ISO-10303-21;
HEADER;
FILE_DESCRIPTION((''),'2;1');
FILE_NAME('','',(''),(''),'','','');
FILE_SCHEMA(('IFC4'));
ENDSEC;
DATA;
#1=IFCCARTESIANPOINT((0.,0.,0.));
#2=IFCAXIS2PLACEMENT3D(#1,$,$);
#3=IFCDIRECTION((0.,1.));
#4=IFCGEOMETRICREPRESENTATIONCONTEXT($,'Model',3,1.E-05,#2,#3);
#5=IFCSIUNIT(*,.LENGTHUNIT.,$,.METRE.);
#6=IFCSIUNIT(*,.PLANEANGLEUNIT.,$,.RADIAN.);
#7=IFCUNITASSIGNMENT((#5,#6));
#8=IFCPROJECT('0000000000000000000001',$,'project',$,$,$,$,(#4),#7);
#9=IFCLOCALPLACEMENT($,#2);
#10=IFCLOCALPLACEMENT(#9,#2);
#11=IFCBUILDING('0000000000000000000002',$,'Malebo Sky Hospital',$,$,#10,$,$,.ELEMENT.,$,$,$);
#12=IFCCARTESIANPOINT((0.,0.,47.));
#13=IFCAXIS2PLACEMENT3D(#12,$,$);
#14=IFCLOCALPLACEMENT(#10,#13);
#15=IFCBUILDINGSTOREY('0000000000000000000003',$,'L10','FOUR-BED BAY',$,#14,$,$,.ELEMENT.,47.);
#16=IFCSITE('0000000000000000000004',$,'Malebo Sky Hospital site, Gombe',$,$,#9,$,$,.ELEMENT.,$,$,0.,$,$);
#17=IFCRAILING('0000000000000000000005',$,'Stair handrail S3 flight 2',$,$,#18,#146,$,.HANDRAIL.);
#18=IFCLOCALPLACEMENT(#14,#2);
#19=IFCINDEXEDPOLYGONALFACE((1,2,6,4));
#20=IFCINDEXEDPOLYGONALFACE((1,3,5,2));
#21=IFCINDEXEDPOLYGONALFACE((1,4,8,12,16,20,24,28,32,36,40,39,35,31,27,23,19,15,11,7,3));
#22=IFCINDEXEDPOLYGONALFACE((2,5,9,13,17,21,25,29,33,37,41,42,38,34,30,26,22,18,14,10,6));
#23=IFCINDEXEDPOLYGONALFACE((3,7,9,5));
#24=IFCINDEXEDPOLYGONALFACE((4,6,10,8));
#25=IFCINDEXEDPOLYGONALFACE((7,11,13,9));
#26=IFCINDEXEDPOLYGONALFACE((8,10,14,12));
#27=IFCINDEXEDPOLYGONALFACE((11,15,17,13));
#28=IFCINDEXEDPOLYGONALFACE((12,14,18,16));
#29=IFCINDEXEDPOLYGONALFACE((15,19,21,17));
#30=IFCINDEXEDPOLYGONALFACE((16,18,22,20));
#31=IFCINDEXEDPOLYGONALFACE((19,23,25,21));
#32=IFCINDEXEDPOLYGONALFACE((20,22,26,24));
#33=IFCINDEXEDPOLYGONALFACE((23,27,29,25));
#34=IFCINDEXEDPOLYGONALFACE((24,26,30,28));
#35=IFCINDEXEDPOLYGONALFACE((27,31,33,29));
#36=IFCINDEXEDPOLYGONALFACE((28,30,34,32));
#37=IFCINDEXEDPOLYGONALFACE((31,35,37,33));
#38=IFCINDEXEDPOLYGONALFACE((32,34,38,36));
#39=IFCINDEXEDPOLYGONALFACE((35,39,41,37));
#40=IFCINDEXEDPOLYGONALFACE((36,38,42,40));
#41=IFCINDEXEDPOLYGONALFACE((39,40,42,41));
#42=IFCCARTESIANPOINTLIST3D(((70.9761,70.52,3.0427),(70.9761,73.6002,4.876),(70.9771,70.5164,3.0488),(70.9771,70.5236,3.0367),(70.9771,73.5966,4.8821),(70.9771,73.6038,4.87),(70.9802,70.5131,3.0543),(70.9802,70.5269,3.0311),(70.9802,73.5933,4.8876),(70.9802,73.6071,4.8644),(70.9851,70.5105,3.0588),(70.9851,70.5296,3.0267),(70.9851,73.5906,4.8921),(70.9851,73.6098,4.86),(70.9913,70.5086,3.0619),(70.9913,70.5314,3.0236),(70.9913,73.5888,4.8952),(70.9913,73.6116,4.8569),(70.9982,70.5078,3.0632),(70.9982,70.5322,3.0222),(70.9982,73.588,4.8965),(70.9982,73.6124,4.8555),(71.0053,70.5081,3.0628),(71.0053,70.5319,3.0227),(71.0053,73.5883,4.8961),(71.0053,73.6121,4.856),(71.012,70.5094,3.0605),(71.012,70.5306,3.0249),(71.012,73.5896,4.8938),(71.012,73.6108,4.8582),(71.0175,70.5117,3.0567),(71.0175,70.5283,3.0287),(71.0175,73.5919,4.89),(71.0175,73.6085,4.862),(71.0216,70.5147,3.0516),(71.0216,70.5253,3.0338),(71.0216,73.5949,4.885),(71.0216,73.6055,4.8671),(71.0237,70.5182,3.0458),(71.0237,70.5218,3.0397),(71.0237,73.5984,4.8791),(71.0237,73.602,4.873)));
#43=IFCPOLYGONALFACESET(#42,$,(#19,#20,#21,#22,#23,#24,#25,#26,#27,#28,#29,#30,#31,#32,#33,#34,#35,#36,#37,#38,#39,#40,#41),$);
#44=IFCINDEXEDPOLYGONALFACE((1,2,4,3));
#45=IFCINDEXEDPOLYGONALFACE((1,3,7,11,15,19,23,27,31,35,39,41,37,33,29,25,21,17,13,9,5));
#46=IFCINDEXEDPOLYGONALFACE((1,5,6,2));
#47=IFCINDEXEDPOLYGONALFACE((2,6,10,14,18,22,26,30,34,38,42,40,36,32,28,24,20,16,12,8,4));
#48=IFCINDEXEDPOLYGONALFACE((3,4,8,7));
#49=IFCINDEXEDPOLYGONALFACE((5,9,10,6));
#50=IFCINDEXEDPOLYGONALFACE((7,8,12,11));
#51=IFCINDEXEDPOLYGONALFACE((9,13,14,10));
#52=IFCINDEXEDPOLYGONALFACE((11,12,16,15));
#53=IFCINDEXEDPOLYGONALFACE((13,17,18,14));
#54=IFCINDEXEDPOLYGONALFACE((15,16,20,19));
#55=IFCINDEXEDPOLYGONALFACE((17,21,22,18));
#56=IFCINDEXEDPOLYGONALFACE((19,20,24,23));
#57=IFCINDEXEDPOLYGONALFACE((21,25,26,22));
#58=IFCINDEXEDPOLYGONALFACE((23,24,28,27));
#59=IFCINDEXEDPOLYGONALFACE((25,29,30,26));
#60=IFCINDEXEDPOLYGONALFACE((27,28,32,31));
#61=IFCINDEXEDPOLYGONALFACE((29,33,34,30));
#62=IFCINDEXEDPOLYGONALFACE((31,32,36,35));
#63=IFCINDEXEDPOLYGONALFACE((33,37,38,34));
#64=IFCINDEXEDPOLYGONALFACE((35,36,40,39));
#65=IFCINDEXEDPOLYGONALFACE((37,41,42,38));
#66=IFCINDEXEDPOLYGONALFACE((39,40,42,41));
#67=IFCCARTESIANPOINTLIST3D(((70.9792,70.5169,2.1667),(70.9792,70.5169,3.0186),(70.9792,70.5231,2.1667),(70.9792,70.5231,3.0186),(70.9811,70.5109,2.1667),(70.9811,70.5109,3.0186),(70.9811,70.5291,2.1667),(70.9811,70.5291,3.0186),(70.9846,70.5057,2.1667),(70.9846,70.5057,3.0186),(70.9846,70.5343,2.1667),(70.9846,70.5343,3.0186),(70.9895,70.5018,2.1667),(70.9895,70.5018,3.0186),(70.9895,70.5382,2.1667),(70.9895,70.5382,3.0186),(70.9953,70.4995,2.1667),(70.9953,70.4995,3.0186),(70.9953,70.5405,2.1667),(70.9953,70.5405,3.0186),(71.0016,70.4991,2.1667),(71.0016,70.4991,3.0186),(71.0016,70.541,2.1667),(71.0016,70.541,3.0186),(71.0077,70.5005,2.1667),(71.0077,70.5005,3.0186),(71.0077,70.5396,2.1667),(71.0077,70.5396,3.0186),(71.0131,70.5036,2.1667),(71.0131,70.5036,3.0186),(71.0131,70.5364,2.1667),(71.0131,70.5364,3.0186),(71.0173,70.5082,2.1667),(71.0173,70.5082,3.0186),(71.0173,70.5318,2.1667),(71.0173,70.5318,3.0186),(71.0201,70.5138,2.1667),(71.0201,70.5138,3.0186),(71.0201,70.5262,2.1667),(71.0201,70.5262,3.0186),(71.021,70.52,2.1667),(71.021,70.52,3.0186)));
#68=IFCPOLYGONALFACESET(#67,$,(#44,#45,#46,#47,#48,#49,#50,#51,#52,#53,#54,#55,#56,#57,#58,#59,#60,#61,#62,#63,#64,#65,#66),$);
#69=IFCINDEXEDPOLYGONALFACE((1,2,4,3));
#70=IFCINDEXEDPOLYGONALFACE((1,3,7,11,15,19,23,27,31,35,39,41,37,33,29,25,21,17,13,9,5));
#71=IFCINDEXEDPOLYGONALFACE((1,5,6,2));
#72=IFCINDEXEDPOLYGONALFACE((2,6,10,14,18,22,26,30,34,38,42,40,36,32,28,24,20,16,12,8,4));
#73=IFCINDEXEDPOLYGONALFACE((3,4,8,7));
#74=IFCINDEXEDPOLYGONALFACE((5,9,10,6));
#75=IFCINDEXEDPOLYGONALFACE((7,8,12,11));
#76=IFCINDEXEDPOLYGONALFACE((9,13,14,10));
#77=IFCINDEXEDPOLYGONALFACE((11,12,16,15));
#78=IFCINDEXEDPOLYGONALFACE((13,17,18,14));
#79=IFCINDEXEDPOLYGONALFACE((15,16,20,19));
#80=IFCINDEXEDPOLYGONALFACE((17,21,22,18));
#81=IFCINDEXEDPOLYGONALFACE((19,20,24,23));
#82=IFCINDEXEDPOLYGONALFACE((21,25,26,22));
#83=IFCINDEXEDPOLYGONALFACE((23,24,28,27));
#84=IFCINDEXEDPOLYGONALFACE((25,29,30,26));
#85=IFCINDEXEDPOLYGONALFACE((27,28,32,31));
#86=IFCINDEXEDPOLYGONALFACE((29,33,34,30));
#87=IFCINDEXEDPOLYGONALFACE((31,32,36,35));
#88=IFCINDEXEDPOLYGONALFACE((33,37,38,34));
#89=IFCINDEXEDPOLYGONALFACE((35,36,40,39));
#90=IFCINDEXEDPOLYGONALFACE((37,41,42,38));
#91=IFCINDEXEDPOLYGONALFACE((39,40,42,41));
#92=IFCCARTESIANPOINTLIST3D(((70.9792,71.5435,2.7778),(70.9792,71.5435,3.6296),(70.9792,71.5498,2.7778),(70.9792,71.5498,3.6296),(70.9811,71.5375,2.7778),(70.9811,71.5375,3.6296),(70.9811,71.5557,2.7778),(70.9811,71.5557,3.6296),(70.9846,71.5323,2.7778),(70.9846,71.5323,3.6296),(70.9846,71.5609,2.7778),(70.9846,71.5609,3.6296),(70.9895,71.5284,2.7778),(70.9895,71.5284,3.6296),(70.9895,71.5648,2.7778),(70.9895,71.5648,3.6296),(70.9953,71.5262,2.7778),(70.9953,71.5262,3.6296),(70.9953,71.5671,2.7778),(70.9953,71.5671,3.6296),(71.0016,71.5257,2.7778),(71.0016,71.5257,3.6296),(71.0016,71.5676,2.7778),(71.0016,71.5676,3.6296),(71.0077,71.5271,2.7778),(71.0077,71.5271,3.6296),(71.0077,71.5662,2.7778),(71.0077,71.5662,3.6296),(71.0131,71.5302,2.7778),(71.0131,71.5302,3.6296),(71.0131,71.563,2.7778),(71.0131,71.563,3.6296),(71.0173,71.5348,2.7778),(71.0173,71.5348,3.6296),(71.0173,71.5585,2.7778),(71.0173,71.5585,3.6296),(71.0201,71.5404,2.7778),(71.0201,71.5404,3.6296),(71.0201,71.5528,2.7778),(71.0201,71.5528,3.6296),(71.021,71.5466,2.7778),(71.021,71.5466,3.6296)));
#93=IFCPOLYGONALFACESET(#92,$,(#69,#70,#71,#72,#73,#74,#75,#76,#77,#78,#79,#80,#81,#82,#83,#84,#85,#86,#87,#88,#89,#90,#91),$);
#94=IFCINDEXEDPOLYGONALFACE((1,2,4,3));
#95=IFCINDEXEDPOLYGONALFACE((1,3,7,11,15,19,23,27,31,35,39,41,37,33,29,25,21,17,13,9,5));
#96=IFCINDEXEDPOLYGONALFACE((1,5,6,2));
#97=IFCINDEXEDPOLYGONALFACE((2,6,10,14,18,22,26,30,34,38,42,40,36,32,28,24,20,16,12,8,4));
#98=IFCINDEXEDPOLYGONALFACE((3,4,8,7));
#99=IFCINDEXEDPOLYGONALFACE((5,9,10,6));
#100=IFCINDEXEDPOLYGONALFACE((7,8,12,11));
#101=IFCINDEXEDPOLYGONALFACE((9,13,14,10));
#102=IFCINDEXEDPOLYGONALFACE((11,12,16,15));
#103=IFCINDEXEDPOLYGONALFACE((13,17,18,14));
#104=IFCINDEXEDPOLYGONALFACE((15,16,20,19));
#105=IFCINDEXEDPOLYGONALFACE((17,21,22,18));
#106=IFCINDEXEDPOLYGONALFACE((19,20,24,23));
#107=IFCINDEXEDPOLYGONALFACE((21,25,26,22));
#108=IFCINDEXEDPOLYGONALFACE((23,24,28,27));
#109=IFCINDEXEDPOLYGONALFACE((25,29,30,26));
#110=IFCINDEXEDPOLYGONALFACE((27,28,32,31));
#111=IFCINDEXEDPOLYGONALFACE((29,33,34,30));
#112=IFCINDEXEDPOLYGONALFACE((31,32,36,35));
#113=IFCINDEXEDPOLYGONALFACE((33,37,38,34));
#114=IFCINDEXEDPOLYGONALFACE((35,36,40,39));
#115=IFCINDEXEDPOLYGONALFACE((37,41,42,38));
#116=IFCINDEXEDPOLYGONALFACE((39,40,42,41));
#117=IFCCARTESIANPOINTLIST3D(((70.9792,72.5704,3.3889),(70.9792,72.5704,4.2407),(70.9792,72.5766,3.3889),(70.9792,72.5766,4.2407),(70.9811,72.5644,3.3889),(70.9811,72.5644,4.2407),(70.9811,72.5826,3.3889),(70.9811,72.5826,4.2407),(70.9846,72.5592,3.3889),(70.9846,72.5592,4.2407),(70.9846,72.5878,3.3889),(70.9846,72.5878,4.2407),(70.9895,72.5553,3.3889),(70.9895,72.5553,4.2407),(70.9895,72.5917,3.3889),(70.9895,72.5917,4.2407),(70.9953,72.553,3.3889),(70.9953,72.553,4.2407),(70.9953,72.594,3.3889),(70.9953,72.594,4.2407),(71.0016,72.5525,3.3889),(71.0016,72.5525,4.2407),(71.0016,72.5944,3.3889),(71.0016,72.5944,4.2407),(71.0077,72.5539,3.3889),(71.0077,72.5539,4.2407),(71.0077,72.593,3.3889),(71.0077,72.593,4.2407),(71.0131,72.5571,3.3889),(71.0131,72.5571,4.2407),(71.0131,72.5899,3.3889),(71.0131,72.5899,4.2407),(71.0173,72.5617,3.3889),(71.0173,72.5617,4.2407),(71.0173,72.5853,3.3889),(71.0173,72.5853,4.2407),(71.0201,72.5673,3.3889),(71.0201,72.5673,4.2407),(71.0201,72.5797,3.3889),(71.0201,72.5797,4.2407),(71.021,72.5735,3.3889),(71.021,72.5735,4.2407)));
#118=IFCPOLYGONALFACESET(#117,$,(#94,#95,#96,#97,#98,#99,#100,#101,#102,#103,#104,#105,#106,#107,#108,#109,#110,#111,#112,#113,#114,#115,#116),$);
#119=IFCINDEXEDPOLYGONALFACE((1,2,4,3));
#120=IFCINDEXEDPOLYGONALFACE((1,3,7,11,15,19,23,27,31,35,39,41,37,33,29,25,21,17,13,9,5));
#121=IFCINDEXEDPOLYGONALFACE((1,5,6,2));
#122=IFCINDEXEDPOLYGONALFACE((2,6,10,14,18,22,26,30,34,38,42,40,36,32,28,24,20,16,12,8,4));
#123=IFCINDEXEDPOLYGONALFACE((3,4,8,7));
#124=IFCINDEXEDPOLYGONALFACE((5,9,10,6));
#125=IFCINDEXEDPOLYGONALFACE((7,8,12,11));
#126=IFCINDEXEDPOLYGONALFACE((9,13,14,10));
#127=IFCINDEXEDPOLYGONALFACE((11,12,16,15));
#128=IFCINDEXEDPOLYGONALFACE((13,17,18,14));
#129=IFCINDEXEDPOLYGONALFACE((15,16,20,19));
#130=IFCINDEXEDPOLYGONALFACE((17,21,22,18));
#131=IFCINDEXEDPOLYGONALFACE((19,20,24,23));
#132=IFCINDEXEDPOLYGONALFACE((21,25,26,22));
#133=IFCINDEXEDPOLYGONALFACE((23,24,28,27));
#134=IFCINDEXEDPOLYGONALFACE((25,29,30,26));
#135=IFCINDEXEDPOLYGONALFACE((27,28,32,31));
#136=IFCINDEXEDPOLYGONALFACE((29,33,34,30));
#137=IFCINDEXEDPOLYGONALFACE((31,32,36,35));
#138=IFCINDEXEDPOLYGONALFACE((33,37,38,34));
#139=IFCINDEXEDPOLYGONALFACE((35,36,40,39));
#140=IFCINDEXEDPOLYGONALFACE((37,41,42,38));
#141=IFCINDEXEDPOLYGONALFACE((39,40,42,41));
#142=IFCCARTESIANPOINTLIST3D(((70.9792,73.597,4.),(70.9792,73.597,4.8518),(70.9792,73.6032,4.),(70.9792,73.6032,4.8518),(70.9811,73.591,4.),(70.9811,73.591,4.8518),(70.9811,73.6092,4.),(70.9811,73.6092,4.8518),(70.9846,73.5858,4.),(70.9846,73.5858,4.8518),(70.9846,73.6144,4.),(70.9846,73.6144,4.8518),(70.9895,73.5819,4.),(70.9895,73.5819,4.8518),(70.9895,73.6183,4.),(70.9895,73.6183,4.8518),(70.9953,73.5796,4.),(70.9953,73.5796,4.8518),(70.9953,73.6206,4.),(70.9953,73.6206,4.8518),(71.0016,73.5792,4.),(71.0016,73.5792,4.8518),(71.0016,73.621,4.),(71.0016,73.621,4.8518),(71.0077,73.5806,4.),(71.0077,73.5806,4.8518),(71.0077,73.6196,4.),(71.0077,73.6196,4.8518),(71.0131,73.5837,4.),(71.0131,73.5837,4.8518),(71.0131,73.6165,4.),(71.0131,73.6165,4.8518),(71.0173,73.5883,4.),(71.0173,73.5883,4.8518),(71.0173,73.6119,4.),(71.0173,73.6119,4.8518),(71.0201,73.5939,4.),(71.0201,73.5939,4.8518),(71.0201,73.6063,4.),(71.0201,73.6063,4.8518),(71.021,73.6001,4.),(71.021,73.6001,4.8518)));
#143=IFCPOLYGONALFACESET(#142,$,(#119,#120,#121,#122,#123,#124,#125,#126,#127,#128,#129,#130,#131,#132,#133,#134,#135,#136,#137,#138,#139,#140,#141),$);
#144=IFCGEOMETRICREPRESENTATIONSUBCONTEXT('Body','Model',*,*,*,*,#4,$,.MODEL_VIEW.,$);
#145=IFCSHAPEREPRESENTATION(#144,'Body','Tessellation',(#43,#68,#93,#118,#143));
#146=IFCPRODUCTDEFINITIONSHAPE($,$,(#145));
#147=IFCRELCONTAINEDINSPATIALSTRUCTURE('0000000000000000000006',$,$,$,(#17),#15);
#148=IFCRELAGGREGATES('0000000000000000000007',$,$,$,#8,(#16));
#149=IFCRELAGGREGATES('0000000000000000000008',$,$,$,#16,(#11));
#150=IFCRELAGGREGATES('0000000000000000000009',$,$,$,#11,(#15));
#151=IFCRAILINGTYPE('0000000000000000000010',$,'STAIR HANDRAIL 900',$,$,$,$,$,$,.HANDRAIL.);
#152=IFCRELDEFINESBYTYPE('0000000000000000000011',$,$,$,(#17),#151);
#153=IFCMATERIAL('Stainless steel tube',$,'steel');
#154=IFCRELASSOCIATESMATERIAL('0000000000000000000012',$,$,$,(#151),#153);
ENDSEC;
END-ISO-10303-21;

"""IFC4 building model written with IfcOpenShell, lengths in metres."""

from ifc_helpers import new_model, si_unit, direction, frame, origin, origin_2d, place, context, subcontext, project, spatial, circle, extrude, material, type_object, element, save


model = new_model("IFC4")

# Units and contexts
model_context = context("Model", 3, precision=1e-05, world=origin(), true_north=direction((0.0, 1.0)))
body_context = subcontext(model_context, "Body", "Model", "MODEL_VIEW")
ifc_project = project(units=[si_unit("LENGTHUNIT", "METRE"), si_unit("PLANEANGLEUNIT", "RADIAN")], contexts=[model_context])

# Site, building, storey
site_placement = place(None, origin())
site = spatial("IfcSite", under=ifc_project, at=site_placement, Name="Malebo Sky Hospital site, Gombe", CompositionType="ELEMENT", RefElevation=0.0)
building_placement = place(site_placement, origin())
building = spatial("IfcBuilding", under=site, at=building_placement, Name="Malebo Sky Hospital", CompositionType="ELEMENT")
storey_placement = place(building_placement, frame((0.0, 0.0, 47.0)))
storey = spatial("IfcBuildingStorey", under=building, at=storey_placement, Name="L10", Description="FOUR-BED BAY", CompositionType="ELEMENT", Elevation=47.0)

# Railing
ifc_material_1 = material(Name="Stainless steel tube", Category="steel")
railing_type = type_object("IfcRailingType", Name="STAIR HANDRAIL 900", PredefinedType="HANDRAIL", material=ifc_material_1)
railing_1_placement = place(storey_placement, frame((71.0, 70.52, 2.1667)))
element("IfcRailing", 1, at=railing_1_placement, inside=storey, type_object=railing_type, Name="Stair handrail S3 flight 2", PredefinedType="HANDRAIL", context=body_context, shape_type="SweptSolid", body=[
    extrude(circle(Radius=0.0239, at=origin_2d()), frame((0.0, 0.0, 0.876), z_axis=(0.0, 0.859309, 0.511458), x_axis=(-1.0, 0.0, 0.0)), (0.0, 0.0, 1.0), 3.5845),
    extrude(circle(Radius=0.021, at=origin_2d()), origin(), (0.0, 0.0, 1.0), 0.8518),
    extrude(circle(Radius=0.021, at=origin_2d()), frame((0.0, 1.0266, 0.6111)), (0.0, 0.0, 1.0), 0.8518),
    extrude(circle(Radius=0.021, at=origin_2d()), frame((0.0, 2.0535, 1.2222)), (0.0, 0.0, 1.0), 0.8518),
    extrude(circle(Radius=0.021, at=origin_2d()), frame((0.0, 3.0801, 1.8333)), (0.0, 0.0, 1.0), 0.8518),
])

save(model, "model.ifc")
